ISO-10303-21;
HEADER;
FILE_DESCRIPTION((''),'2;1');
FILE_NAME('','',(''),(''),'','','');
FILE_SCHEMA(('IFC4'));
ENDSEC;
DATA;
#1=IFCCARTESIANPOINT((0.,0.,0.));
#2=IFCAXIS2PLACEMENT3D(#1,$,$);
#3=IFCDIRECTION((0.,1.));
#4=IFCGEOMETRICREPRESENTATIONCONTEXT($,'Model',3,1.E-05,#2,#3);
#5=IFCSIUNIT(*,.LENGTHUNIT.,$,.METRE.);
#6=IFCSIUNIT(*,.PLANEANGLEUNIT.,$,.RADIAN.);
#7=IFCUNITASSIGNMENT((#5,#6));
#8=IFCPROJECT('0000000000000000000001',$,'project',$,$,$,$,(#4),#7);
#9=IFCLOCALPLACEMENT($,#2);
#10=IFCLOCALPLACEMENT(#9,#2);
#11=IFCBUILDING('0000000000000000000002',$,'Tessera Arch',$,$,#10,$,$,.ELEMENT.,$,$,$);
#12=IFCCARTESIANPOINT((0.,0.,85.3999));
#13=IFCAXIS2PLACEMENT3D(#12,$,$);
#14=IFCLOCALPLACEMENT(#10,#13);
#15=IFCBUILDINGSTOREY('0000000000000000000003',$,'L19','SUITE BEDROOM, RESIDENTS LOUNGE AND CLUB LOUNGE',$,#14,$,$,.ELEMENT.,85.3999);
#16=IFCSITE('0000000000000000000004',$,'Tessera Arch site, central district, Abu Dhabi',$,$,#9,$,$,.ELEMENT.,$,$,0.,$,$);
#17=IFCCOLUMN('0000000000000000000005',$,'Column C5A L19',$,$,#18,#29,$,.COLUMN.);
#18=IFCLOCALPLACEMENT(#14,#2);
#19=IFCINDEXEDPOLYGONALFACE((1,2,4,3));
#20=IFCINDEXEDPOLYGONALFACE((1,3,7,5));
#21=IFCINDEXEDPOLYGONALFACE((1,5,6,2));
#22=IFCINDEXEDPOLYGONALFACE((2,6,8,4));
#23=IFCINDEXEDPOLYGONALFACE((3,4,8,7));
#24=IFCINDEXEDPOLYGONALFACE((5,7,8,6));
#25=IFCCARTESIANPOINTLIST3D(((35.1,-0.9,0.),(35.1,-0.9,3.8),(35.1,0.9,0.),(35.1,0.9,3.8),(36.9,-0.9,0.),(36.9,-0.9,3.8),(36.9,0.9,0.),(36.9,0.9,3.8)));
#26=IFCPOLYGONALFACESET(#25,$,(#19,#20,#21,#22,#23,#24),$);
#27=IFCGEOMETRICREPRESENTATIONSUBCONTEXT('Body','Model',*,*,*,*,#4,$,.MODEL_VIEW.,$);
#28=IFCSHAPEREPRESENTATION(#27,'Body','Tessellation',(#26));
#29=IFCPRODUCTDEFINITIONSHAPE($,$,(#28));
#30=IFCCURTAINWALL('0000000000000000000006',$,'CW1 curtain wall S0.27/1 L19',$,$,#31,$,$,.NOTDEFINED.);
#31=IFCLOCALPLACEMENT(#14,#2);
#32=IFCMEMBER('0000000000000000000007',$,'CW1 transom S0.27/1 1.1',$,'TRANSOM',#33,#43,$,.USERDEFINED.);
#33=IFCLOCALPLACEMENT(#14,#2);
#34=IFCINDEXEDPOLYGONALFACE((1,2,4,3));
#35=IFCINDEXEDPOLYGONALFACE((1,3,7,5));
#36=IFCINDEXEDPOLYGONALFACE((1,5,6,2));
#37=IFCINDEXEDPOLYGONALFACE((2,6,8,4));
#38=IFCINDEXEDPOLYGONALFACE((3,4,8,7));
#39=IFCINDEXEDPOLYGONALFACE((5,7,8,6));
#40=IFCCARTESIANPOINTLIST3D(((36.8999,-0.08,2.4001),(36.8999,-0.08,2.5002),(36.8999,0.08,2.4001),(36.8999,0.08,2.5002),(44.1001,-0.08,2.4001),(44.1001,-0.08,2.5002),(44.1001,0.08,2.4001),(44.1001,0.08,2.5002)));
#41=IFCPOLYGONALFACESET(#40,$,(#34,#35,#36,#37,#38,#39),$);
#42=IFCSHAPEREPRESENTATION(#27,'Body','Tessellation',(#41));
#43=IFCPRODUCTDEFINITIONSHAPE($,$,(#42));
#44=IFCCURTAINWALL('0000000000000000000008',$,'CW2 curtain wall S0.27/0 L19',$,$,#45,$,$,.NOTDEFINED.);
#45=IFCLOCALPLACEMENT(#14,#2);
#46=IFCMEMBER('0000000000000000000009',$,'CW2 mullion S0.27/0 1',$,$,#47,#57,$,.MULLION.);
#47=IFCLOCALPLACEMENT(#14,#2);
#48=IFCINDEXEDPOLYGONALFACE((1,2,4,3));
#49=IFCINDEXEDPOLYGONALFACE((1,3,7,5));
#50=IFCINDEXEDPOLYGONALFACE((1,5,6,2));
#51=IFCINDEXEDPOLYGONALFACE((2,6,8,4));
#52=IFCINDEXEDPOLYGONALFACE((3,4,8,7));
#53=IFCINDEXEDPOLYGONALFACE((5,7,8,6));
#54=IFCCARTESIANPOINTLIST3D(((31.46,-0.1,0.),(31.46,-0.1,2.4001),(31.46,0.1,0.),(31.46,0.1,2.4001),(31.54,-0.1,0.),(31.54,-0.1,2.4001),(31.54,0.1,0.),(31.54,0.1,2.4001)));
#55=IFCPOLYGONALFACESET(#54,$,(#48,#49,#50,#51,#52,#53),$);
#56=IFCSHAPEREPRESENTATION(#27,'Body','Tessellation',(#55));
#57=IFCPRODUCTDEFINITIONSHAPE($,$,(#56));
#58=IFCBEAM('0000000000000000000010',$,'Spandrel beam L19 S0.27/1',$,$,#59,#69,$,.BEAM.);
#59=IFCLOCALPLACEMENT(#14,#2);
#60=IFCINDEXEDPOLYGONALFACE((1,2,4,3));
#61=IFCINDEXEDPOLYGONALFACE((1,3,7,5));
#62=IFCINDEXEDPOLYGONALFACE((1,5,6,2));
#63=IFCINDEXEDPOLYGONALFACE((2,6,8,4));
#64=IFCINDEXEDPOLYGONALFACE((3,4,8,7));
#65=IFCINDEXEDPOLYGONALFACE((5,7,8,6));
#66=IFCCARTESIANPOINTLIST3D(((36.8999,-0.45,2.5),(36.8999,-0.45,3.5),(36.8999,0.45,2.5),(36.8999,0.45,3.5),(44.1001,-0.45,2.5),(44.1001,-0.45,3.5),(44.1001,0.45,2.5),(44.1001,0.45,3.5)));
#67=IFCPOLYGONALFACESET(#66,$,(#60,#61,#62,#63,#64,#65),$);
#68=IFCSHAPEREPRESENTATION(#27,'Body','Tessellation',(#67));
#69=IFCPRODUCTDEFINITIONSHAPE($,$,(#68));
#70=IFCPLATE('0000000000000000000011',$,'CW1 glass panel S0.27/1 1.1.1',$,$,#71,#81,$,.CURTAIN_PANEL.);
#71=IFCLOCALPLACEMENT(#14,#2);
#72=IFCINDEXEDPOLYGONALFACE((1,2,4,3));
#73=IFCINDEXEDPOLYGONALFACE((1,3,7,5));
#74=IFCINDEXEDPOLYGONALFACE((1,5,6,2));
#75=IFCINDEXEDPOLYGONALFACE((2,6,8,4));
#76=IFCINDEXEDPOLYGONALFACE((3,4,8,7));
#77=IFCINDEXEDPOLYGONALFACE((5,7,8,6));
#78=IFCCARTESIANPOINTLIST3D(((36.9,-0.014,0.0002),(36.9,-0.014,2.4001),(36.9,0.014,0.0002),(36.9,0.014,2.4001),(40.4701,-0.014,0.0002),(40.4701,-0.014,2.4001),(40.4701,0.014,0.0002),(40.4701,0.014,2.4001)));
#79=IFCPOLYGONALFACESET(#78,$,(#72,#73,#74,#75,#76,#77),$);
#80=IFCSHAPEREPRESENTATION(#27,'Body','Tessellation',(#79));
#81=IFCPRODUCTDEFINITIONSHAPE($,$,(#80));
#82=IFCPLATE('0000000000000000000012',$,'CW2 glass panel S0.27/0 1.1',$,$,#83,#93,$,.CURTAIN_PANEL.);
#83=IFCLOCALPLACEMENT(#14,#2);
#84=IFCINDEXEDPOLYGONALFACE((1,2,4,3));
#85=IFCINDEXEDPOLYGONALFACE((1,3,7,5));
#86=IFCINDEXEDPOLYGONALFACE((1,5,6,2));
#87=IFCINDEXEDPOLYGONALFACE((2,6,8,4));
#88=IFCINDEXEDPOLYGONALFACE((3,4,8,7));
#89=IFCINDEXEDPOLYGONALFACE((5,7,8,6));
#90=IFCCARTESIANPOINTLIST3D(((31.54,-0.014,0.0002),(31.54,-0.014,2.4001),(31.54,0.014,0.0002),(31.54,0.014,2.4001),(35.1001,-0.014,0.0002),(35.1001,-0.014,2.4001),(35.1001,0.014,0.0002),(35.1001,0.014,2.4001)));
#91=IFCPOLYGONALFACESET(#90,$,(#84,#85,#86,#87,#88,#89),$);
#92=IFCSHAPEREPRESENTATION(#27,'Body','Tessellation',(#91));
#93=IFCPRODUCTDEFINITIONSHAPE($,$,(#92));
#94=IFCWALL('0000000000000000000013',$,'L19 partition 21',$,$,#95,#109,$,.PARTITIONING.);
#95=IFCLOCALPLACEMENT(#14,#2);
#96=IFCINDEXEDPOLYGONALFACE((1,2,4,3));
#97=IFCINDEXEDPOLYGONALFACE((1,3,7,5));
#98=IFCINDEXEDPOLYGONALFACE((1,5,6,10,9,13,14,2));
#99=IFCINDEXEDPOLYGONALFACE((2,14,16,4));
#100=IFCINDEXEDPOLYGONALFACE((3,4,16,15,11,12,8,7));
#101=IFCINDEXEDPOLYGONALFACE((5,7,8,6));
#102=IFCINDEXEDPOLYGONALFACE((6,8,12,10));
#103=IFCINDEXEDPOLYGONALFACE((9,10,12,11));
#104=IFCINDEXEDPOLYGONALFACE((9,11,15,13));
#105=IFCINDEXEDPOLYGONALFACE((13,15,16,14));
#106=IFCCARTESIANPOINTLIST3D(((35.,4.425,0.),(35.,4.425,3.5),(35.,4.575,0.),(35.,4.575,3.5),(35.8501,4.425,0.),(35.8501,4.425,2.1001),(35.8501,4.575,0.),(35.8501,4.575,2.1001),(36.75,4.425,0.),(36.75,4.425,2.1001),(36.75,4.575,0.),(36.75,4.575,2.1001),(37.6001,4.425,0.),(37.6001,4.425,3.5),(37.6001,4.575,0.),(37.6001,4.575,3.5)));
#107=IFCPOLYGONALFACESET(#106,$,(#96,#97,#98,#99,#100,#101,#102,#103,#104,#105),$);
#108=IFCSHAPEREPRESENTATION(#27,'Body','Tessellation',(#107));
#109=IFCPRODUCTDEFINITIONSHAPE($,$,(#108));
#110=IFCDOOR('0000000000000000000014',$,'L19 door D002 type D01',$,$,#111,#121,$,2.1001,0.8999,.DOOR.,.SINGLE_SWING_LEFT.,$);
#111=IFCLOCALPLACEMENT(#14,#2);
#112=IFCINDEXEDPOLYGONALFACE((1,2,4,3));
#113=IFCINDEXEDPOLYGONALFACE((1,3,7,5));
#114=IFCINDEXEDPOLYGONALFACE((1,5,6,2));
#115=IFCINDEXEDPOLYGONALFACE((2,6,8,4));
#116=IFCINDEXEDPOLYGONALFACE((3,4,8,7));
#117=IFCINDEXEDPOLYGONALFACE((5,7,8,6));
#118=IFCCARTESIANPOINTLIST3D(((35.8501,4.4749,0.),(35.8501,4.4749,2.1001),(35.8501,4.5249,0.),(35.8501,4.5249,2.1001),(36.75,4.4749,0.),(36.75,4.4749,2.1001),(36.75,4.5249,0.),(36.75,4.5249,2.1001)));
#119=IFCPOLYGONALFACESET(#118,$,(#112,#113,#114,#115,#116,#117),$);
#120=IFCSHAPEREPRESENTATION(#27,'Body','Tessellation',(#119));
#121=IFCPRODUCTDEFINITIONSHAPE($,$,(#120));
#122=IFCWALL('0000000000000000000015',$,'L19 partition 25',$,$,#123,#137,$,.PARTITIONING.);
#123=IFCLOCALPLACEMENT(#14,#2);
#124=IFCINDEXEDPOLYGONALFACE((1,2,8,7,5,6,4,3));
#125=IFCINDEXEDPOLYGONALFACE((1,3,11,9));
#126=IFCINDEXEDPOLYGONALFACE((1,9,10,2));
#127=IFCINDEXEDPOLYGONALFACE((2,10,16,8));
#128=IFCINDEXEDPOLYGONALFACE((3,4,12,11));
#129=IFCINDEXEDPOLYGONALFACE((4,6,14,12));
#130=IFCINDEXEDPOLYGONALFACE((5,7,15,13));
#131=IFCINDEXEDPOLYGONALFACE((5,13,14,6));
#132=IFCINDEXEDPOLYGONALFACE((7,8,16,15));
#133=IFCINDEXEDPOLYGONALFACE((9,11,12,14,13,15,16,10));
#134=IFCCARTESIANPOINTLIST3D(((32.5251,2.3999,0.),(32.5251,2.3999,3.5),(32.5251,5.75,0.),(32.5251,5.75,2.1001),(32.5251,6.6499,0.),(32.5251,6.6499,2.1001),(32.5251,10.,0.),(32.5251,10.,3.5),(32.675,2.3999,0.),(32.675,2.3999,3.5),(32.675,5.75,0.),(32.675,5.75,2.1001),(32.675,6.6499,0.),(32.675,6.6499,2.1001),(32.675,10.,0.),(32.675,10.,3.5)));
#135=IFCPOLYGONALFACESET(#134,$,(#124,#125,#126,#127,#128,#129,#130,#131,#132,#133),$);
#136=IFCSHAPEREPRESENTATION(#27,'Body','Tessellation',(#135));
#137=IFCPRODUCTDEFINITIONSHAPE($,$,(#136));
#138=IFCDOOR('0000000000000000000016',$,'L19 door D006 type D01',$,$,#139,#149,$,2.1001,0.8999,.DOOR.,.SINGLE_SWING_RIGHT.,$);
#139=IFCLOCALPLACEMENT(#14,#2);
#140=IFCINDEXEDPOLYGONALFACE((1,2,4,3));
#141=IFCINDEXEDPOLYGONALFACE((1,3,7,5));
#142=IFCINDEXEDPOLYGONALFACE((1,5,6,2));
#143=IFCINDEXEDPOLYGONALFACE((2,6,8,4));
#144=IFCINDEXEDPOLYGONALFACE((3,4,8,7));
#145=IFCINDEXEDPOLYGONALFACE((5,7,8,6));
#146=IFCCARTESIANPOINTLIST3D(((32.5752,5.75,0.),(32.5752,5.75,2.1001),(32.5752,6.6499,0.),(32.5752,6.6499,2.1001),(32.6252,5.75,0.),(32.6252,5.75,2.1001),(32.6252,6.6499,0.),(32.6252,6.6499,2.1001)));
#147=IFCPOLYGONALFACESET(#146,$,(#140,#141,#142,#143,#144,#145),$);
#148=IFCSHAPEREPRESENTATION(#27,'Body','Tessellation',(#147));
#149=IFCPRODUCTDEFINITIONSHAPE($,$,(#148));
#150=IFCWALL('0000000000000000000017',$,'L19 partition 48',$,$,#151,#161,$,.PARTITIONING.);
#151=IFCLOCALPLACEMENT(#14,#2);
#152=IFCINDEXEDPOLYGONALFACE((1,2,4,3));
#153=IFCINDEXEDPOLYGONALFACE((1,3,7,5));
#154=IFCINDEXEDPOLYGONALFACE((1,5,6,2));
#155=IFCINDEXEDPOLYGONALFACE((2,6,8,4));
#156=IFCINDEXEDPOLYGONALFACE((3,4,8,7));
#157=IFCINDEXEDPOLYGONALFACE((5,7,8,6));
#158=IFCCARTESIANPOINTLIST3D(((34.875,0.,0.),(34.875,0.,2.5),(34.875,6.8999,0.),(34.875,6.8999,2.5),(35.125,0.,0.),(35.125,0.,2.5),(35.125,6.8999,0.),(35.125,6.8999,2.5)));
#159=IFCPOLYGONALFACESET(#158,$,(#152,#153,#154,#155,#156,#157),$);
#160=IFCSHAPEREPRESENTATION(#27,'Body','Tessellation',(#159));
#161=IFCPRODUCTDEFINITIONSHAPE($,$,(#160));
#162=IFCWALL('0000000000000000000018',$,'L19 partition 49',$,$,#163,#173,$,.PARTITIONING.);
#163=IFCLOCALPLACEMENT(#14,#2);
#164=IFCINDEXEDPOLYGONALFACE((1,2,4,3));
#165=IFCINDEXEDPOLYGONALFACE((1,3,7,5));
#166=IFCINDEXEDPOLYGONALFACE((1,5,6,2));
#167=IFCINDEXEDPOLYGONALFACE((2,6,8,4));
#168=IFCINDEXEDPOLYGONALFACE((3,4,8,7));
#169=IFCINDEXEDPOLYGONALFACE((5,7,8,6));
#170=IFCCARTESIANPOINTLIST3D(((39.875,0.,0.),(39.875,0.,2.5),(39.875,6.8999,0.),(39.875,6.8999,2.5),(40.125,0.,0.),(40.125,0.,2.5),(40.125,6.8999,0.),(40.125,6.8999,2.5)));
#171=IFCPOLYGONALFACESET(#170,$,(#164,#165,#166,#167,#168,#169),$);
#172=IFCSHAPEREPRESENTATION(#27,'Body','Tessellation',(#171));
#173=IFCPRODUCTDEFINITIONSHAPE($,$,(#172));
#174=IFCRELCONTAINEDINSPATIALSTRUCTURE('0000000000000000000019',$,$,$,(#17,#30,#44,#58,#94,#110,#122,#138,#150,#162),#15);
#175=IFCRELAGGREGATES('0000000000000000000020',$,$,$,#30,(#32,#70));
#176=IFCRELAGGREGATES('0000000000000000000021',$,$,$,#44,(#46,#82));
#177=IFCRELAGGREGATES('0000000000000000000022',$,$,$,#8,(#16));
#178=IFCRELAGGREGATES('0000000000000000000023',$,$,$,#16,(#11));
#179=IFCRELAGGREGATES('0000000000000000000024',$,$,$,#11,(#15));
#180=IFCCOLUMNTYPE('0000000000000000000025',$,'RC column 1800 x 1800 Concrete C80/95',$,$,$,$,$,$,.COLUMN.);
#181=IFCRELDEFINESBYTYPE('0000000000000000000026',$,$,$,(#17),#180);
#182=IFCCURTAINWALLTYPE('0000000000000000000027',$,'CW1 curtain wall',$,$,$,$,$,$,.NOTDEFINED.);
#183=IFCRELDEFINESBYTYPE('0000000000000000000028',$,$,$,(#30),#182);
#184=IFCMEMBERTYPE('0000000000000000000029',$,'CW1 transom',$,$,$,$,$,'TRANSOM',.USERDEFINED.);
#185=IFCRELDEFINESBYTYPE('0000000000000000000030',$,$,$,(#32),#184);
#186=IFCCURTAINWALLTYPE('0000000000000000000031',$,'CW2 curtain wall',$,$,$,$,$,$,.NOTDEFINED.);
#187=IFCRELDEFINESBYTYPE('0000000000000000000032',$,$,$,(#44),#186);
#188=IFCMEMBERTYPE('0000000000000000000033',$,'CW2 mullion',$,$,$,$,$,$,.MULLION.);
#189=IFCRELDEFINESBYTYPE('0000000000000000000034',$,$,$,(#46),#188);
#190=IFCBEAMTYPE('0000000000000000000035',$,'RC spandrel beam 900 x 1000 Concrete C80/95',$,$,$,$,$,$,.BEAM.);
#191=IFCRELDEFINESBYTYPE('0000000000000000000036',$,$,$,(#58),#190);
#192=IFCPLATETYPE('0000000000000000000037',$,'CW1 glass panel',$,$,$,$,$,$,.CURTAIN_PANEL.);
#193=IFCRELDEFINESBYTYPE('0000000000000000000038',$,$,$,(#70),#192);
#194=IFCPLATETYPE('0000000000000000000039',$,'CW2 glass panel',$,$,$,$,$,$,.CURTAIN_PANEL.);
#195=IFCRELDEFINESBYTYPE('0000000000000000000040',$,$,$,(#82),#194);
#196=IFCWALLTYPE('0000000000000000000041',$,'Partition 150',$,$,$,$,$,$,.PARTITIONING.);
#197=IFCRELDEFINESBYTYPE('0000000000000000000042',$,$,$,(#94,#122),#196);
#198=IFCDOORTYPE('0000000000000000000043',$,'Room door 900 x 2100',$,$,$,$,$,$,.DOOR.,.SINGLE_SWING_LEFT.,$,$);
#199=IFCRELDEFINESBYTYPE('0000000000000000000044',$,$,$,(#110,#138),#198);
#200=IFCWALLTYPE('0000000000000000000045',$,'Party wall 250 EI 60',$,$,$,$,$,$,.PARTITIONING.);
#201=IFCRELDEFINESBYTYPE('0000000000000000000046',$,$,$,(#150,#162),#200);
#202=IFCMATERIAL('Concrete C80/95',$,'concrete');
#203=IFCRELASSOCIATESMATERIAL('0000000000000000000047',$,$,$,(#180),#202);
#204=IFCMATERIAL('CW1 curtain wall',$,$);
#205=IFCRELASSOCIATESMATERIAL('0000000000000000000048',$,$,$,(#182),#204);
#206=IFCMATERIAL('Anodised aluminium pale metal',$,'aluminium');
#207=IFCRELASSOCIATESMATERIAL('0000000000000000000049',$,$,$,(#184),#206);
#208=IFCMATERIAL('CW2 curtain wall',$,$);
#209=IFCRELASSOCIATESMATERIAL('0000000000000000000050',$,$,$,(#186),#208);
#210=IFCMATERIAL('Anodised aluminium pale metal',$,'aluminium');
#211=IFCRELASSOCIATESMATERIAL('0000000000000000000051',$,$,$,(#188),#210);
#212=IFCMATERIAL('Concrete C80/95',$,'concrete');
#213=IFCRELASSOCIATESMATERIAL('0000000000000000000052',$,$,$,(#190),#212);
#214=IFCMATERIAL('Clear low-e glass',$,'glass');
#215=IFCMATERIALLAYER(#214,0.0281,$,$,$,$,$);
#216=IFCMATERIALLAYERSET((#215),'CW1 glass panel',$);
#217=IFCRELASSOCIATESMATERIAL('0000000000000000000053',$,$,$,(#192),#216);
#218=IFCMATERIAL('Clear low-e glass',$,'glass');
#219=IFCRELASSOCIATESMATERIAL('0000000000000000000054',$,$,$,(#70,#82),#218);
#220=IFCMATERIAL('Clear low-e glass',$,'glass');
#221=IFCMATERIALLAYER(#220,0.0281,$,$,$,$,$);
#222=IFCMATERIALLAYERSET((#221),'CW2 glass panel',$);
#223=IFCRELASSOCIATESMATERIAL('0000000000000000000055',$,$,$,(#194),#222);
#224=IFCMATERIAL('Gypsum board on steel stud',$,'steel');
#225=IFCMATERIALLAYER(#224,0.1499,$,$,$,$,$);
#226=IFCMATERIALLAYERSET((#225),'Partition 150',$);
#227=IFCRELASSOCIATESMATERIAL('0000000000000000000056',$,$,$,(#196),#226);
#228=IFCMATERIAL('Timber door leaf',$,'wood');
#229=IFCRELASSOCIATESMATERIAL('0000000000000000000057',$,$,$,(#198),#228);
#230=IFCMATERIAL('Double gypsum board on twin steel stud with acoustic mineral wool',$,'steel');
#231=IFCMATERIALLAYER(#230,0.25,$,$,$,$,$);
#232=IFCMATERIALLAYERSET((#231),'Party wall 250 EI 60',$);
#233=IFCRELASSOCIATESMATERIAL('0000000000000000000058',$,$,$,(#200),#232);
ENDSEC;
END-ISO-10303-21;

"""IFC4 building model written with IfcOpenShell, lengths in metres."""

from ifc_helpers import new_model, si_unit, direction, frame, frame_2d, origin, origin_2d, place, context, subcontext, project, spatial, rectangle, extrude, material, layer, layer_set, material_profile, profile_set, type_object, element, fill, aggregate, save


model = new_model("IFC4")

# Units and contexts
model_context = context("Model", 3, precision=1e-05, world=origin(), true_north=direction((0.0, 1.0)))
body_context = subcontext(model_context, "Body", "Model", "MODEL_VIEW")
ifc_project = project(units=[si_unit("LENGTHUNIT", "METRE"), si_unit("PLANEANGLEUNIT", "RADIAN")], contexts=[model_context])

# Site, building, storey
site_placement = place(None, origin())
site = spatial("IfcSite", under=ifc_project, at=site_placement, Name="Tessera Arch site, central district, Abu Dhabi", CompositionType="ELEMENT", RefElevation=0.0)
building_placement = place(site_placement, origin())
building = spatial("IfcBuilding", under=site, at=building_placement, Name="Tessera Arch", CompositionType="ELEMENT")
storey_placement = place(building_placement, frame((0.0, 0.0, 85.3999)))
storey = spatial("IfcBuildingStorey", under=building, at=storey_placement, Name="L19", Description="SUITE BEDROOM, RESIDENTS LOUNGE AND CLUB LOUNGE", CompositionType="ELEMENT", Elevation=85.3999)

# Column
ifc_material_1 = material(Name="Concrete C80/95", Category="concrete")
ifc_material_profile_1 = material_profile(ifc_material_1, rectangle(XDim=1.8, YDim=1.8, at=origin_2d()), Name="RC column 1800 x 1800 Concrete C80/95")
ifc_profile_set_1 = profile_set([ifc_material_profile_1], Name="Concrete C80/95")
column_type = type_object("IfcColumnType", Name="RC column 1800 x 1800 Concrete C80/95", PredefinedType="COLUMN", material=ifc_profile_set_1)
column_placement = place(storey_placement, frame((36.0, 0.0, 0.0), z_axis=(0.0, 0.0, 1.0), x_axis=(1.0, 0.0, 0.0)))
element("IfcColumn", 1, at=column_placement, inside=storey, type_object=column_type, Name="Column C5A L19", PredefinedType="COLUMN", context=body_context, shape_type="SweptSolid", body=[
    extrude(rectangle(XDim=1.8, YDim=1.8, at=origin_2d()), origin(), (0.0, 0.0, 1.0), 3.8),
])

# Curtain walls, members
ifc_material_2 = material(Name="CW1 curtain wall")
curtain_wall_type_1 = type_object("IfcCurtainWallType", Name="CW1 curtain wall", PredefinedType="NOTDEFINED", material=ifc_material_2)
curtain_wall_1_placement = place(storey_placement, origin())
curtain_wall_1 = element("IfcCurtainWall", 2, at=curtain_wall_1_placement, inside=storey, type_object=curtain_wall_type_1, Name="CW1 curtain wall S0.27/1 L19", PredefinedType="NOTDEFINED")
ifc_material_3 = material(Name="Anodised aluminium pale metal", Category="aluminium")
ifc_material_profile_2 = material_profile(ifc_material_3, rectangle(XDim=0.1599, YDim=0.1001, at=origin_2d()), Name="AL 160x100")
ifc_profile_set_2 = profile_set([ifc_material_profile_2], Name="Anodised aluminium pale metal")
member_type_1 = type_object("IfcMemberType", Name="CW1 transom", ElementType="TRANSOM", PredefinedType="USERDEFINED", material=ifc_profile_set_2)
member_1_placement = place(storey_placement, frame((36.8999, 0.0, 2.4502), z_axis=(1.0, 0.0, 0.0), x_axis=(0.0, 1.0, 0.0)))
member_1 = element("IfcMember", 3, at=member_1_placement, type_object=member_type_1, Name="CW1 transom S0.27/1 1.1", ObjectType="TRANSOM", PredefinedType="USERDEFINED", context=body_context, shape_type="SweptSolid", body=[
    extrude(rectangle(XDim=0.1599, YDim=0.1001, at=origin_2d()), origin(), (0.0, 0.0, 1.0), 7.2002),
])
ifc_material_4 = material(Name="CW2 curtain wall")
curtain_wall_type_2 = type_object("IfcCurtainWallType", Name="CW2 curtain wall", PredefinedType="NOTDEFINED", material=ifc_material_4)
curtain_wall_2_placement = place(storey_placement, origin())
curtain_wall_2 = element("IfcCurtainWall", 4, at=curtain_wall_2_placement, inside=storey, type_object=curtain_wall_type_2, Name="CW2 curtain wall S0.27/0 L19", PredefinedType="NOTDEFINED")
ifc_material_5 = material(Name="Anodised aluminium pale metal", Category="aluminium")
ifc_material_profile_3 = material_profile(ifc_material_5, rectangle(XDim=0.2, YDim=0.0801, at=origin_2d()), Name="AL 80x200")
ifc_profile_set_3 = profile_set([ifc_material_profile_3], Name="Anodised aluminium pale metal")
member_type_2 = type_object("IfcMemberType", Name="CW2 mullion", PredefinedType="MULLION", material=ifc_profile_set_3)
member_2_placement = place(storey_placement, frame((31.5, 0.0, 0.0), z_axis=(0.0, 0.0, 1.0), x_axis=(0.0, 1.0, 0.0)))
member_2 = element("IfcMember", 5, at=member_2_placement, type_object=member_type_2, Name="CW2 mullion S0.27/0 1", PredefinedType="MULLION", context=body_context, shape_type="SweptSolid", body=[
    extrude(rectangle(XDim=0.2, YDim=0.0801, at=origin_2d()), origin(), (0.0, 0.0, 1.0), 2.4001),
])

# Beam
ifc_material_6 = material(Name="Concrete C80/95", Category="concrete")
ifc_material_profile_4 = material_profile(ifc_material_6, rectangle(XDim=0.8999, YDim=1.0, at=origin_2d()), Name="RC spandrel beam 900 x 1000 Concrete C80/95")
ifc_profile_set_4 = profile_set([ifc_material_profile_4], Name="Concrete C80/95")
beam_type = type_object("IfcBeamType", Name="RC spandrel beam 900 x 1000 Concrete C80/95", PredefinedType="BEAM", material=ifc_profile_set_4)
beam_placement = place(storey_placement, frame((36.8999, 0.0, 3.0), z_axis=(1.0, 0.0, 0.0), x_axis=(0.0, 1.0, 0.0)))
element("IfcBeam", 6, at=beam_placement, inside=storey, type_object=beam_type, Name="Spandrel beam L19 S0.27/1", PredefinedType="BEAM", context=body_context, shape_type="SweptSolid", body=[
    extrude(rectangle(XDim=0.8999, YDim=1.0, at=origin_2d()), origin(), (0.0, 0.0, 1.0), 7.2002),
])

# Plates
ifc_material_7 = material(Name="Clear low-e glass", Category="glass")
ifc_material_8 = material(Name="Clear low-e glass", Category="glass")
ifc_layer_1 = layer(ifc_material_8, 0.0281)
ifc_layer_set_1 = layer_set([ifc_layer_1], Name="CW1 glass panel")
plate_type_1 = type_object("IfcPlateType", Name="CW1 glass panel", PredefinedType="CURTAIN_PANEL", material=ifc_layer_set_1)
plate_1_placement = place(storey_placement, frame((38.6851, 0.0, 0.0002), z_axis=(0.0, 0.0, 1.0), x_axis=(1.0, 0.0, 0.0)))
plate_1 = element("IfcPlate", 7, at=plate_1_placement, type_object=plate_type_1, material=ifc_material_7, Name="CW1 glass panel S0.27/1 1.1.1", PredefinedType="CURTAIN_PANEL", context=body_context, shape_type="SweptSolid", body=[
    extrude(rectangle(XDim=3.5701, YDim=0.0281, at=origin_2d()), origin(), (0.0, 0.0, 1.0), 2.3999),
])
aggregate(curtain_wall_1, [member_1, plate_1])
ifc_material_9 = material(Name="Clear low-e glass", Category="glass")
ifc_layer_2 = layer(ifc_material_9, 0.0281)
ifc_layer_set_2 = layer_set([ifc_layer_2], Name="CW2 glass panel")
plate_type_2 = type_object("IfcPlateType", Name="CW2 glass panel", PredefinedType="CURTAIN_PANEL", material=ifc_layer_set_2)
plate_2_placement = place(storey_placement, frame((33.3201, 0.0, 0.0002), z_axis=(0.0, 0.0, 1.0), x_axis=(1.0, 0.0, 0.0)))
plate_2 = element("IfcPlate", 8, at=plate_2_placement, type_object=plate_type_2, material=ifc_material_7, Name="CW2 glass panel S0.27/0 1.1", PredefinedType="CURTAIN_PANEL", context=body_context, shape_type="SweptSolid", body=[
    extrude(rectangle(XDim=3.5601, YDim=0.0281, at=origin_2d()), origin(), (0.0, 0.0, 1.0), 2.3999),
])
aggregate(curtain_wall_2, [member_2, plate_2])

# Walls, openings, doors
ifc_material_10 = material(Name="Gypsum board on steel stud", Category="steel")
ifc_layer_3 = layer(ifc_material_10, 0.1499)
ifc_layer_set_3 = layer_set([ifc_layer_3], Name="Partition 150")
wall_type_1 = type_object("IfcWallType", Name="Partition 150", PredefinedType="PARTITIONING", material=ifc_layer_set_3)
wall_1_placement = place(storey_placement, frame((35.0, 4.5, 0.0), z_axis=(0.0, 0.0, 1.0), x_axis=(1.0, 0.0, 0.0)))
wall_1 = element("IfcWall", 9, at=wall_1_placement, inside=storey, type_object=wall_type_1, Name="L19 partition 21", PredefinedType="PARTITIONING", context=body_context, shape_type="SweptSolid", body=[
    extrude(rectangle(XDim=2.6001, YDim=0.1499, at=frame_2d((1.3, 0.0))), origin(), (0.0, 0.0, 1.0), 3.5),
])
opening_1_placement = place(wall_1_placement, frame((0.8501, 0.0, 0.0)))
opening_1 = element("IfcOpeningElement", 10, at=opening_1_placement, cuts=wall_1, PredefinedType="OPENING", context=body_context, shape_type="SweptSolid", body=[
    extrude(rectangle(XDim=0.8999, YDim=2.1001, at=frame_2d((0.45, 1.05))), frame((0.0, 0.085, 0.0), z_axis=(0.0, -1.0, 0.0), x_axis=(1.0, 0.0, 0.0)), (0.0, 0.0, 1.0), 0.1699),
])
ifc_material_11 = material(Name="Timber door leaf", Category="wood")
door_type_1 = type_object("IfcDoorType", Name="Room door 900 x 2100", OperationType="SINGLE_SWING_LEFT", PredefinedType="DOOR", material=ifc_material_11)
door_1_placement = place(opening_1_placement, origin())
door_1 = element("IfcDoor", 11, at=door_1_placement, inside=storey, type_object=door_type_1, Name="L19 door D002 type D01", OperationType="SINGLE_SWING_LEFT", OverallHeight=2.1001, OverallWidth=0.8999, PredefinedType="DOOR", context=body_context, shape_type="SweptSolid", body=[
    extrude(rectangle(XDim=0.8999, YDim=2.1001, at=frame_2d((0.45, 1.05))), frame((0.0, 0.0249, 0.0), z_axis=(0.0, -1.0, 0.0), x_axis=(1.0, 0.0, 0.0)), (0.0, 0.0, 1.0), 0.05),
])
fill(opening_1, door_1)
wall_2_placement = place(storey_placement, frame((32.6001, 2.3999, 0.0), z_axis=(0.0, 0.0, 1.0), x_axis=(0.0, 1.0, 0.0)))
wall_2 = element("IfcWall", 12, at=wall_2_placement, inside=storey, type_object=wall_type_1, Name="L19 partition 25", PredefinedType="PARTITIONING", context=body_context, shape_type="SweptSolid", body=[
    extrude(rectangle(XDim=7.6001, YDim=0.1499, at=frame_2d((3.8, 0.0))), origin(), (0.0, 0.0, 1.0), 3.5),
])
opening_2_placement = place(wall_2_placement, frame((3.3501, 0.0, 0.0)))
opening_2 = element("IfcOpeningElement", 13, at=opening_2_placement, cuts=wall_2, PredefinedType="OPENING", context=body_context, shape_type="SweptSolid", body=[
    extrude(rectangle(XDim=0.8999, YDim=2.1001, at=frame_2d((0.45, 1.05))), frame((0.0, 0.085, 0.0), z_axis=(0.0, -1.0, 0.0), x_axis=(1.0, 0.0, 0.0)), (0.0, 0.0, 1.0), 0.1699),
])
door_2_placement = place(opening_2_placement, origin())
door_2 = element("IfcDoor", 14, at=door_2_placement, inside=storey, type_object=door_type_1, Name="L19 door D006 type D01", OperationType="SINGLE_SWING_RIGHT", OverallHeight=2.1001, OverallWidth=0.8999, PredefinedType="DOOR", context=body_context, shape_type="SweptSolid", body=[
    extrude(rectangle(XDim=0.8999, YDim=2.1001, at=frame_2d((0.45, 1.05))), frame((0.0, 0.0249, 0.0), z_axis=(0.0, -1.0, 0.0), x_axis=(1.0, 0.0, 0.0)), (0.0, 0.0, 1.0), 0.05),
])
fill(opening_2, door_2)

# Walls
ifc_material_12 = material(Name="Double gypsum board on twin steel stud with acoustic mineral wool", Category="steel")
ifc_layer_4 = layer(ifc_material_12, 0.25)
ifc_layer_set_4 = layer_set([ifc_layer_4], Name="Party wall 250 EI 60")
wall_type_2 = type_object("IfcWallType", Name="Party wall 250 EI 60", PredefinedType="PARTITIONING", material=ifc_layer_set_4)
for number, where, z_axis, x_axis, name in (
    (15, (35.0, 0.0, 0.0), (0.0, 0.0, 1.0), (0.0, 1.0, 0.0), "L19 partition 48"),
    (16, (40.0, 0.0, 0.0), (0.0, 0.0, 1.0), (0.0, 1.0, 0.0), "L19 partition 49"),
):
    element("IfcWall", number, at=place(storey_placement, frame(where, z_axis=z_axis, x_axis=x_axis)), inside=storey, type_object=wall_type_2, Name=name, PredefinedType="PARTITIONING", context=body_context, shape_type="SweptSolid", body=[
        extrude(rectangle(XDim=6.8999, YDim=0.25, at=frame_2d((3.45, 0.0))), origin(), (0.0, 0.0, 1.0), 2.5),
    ])

save(model, "model.ifc")
